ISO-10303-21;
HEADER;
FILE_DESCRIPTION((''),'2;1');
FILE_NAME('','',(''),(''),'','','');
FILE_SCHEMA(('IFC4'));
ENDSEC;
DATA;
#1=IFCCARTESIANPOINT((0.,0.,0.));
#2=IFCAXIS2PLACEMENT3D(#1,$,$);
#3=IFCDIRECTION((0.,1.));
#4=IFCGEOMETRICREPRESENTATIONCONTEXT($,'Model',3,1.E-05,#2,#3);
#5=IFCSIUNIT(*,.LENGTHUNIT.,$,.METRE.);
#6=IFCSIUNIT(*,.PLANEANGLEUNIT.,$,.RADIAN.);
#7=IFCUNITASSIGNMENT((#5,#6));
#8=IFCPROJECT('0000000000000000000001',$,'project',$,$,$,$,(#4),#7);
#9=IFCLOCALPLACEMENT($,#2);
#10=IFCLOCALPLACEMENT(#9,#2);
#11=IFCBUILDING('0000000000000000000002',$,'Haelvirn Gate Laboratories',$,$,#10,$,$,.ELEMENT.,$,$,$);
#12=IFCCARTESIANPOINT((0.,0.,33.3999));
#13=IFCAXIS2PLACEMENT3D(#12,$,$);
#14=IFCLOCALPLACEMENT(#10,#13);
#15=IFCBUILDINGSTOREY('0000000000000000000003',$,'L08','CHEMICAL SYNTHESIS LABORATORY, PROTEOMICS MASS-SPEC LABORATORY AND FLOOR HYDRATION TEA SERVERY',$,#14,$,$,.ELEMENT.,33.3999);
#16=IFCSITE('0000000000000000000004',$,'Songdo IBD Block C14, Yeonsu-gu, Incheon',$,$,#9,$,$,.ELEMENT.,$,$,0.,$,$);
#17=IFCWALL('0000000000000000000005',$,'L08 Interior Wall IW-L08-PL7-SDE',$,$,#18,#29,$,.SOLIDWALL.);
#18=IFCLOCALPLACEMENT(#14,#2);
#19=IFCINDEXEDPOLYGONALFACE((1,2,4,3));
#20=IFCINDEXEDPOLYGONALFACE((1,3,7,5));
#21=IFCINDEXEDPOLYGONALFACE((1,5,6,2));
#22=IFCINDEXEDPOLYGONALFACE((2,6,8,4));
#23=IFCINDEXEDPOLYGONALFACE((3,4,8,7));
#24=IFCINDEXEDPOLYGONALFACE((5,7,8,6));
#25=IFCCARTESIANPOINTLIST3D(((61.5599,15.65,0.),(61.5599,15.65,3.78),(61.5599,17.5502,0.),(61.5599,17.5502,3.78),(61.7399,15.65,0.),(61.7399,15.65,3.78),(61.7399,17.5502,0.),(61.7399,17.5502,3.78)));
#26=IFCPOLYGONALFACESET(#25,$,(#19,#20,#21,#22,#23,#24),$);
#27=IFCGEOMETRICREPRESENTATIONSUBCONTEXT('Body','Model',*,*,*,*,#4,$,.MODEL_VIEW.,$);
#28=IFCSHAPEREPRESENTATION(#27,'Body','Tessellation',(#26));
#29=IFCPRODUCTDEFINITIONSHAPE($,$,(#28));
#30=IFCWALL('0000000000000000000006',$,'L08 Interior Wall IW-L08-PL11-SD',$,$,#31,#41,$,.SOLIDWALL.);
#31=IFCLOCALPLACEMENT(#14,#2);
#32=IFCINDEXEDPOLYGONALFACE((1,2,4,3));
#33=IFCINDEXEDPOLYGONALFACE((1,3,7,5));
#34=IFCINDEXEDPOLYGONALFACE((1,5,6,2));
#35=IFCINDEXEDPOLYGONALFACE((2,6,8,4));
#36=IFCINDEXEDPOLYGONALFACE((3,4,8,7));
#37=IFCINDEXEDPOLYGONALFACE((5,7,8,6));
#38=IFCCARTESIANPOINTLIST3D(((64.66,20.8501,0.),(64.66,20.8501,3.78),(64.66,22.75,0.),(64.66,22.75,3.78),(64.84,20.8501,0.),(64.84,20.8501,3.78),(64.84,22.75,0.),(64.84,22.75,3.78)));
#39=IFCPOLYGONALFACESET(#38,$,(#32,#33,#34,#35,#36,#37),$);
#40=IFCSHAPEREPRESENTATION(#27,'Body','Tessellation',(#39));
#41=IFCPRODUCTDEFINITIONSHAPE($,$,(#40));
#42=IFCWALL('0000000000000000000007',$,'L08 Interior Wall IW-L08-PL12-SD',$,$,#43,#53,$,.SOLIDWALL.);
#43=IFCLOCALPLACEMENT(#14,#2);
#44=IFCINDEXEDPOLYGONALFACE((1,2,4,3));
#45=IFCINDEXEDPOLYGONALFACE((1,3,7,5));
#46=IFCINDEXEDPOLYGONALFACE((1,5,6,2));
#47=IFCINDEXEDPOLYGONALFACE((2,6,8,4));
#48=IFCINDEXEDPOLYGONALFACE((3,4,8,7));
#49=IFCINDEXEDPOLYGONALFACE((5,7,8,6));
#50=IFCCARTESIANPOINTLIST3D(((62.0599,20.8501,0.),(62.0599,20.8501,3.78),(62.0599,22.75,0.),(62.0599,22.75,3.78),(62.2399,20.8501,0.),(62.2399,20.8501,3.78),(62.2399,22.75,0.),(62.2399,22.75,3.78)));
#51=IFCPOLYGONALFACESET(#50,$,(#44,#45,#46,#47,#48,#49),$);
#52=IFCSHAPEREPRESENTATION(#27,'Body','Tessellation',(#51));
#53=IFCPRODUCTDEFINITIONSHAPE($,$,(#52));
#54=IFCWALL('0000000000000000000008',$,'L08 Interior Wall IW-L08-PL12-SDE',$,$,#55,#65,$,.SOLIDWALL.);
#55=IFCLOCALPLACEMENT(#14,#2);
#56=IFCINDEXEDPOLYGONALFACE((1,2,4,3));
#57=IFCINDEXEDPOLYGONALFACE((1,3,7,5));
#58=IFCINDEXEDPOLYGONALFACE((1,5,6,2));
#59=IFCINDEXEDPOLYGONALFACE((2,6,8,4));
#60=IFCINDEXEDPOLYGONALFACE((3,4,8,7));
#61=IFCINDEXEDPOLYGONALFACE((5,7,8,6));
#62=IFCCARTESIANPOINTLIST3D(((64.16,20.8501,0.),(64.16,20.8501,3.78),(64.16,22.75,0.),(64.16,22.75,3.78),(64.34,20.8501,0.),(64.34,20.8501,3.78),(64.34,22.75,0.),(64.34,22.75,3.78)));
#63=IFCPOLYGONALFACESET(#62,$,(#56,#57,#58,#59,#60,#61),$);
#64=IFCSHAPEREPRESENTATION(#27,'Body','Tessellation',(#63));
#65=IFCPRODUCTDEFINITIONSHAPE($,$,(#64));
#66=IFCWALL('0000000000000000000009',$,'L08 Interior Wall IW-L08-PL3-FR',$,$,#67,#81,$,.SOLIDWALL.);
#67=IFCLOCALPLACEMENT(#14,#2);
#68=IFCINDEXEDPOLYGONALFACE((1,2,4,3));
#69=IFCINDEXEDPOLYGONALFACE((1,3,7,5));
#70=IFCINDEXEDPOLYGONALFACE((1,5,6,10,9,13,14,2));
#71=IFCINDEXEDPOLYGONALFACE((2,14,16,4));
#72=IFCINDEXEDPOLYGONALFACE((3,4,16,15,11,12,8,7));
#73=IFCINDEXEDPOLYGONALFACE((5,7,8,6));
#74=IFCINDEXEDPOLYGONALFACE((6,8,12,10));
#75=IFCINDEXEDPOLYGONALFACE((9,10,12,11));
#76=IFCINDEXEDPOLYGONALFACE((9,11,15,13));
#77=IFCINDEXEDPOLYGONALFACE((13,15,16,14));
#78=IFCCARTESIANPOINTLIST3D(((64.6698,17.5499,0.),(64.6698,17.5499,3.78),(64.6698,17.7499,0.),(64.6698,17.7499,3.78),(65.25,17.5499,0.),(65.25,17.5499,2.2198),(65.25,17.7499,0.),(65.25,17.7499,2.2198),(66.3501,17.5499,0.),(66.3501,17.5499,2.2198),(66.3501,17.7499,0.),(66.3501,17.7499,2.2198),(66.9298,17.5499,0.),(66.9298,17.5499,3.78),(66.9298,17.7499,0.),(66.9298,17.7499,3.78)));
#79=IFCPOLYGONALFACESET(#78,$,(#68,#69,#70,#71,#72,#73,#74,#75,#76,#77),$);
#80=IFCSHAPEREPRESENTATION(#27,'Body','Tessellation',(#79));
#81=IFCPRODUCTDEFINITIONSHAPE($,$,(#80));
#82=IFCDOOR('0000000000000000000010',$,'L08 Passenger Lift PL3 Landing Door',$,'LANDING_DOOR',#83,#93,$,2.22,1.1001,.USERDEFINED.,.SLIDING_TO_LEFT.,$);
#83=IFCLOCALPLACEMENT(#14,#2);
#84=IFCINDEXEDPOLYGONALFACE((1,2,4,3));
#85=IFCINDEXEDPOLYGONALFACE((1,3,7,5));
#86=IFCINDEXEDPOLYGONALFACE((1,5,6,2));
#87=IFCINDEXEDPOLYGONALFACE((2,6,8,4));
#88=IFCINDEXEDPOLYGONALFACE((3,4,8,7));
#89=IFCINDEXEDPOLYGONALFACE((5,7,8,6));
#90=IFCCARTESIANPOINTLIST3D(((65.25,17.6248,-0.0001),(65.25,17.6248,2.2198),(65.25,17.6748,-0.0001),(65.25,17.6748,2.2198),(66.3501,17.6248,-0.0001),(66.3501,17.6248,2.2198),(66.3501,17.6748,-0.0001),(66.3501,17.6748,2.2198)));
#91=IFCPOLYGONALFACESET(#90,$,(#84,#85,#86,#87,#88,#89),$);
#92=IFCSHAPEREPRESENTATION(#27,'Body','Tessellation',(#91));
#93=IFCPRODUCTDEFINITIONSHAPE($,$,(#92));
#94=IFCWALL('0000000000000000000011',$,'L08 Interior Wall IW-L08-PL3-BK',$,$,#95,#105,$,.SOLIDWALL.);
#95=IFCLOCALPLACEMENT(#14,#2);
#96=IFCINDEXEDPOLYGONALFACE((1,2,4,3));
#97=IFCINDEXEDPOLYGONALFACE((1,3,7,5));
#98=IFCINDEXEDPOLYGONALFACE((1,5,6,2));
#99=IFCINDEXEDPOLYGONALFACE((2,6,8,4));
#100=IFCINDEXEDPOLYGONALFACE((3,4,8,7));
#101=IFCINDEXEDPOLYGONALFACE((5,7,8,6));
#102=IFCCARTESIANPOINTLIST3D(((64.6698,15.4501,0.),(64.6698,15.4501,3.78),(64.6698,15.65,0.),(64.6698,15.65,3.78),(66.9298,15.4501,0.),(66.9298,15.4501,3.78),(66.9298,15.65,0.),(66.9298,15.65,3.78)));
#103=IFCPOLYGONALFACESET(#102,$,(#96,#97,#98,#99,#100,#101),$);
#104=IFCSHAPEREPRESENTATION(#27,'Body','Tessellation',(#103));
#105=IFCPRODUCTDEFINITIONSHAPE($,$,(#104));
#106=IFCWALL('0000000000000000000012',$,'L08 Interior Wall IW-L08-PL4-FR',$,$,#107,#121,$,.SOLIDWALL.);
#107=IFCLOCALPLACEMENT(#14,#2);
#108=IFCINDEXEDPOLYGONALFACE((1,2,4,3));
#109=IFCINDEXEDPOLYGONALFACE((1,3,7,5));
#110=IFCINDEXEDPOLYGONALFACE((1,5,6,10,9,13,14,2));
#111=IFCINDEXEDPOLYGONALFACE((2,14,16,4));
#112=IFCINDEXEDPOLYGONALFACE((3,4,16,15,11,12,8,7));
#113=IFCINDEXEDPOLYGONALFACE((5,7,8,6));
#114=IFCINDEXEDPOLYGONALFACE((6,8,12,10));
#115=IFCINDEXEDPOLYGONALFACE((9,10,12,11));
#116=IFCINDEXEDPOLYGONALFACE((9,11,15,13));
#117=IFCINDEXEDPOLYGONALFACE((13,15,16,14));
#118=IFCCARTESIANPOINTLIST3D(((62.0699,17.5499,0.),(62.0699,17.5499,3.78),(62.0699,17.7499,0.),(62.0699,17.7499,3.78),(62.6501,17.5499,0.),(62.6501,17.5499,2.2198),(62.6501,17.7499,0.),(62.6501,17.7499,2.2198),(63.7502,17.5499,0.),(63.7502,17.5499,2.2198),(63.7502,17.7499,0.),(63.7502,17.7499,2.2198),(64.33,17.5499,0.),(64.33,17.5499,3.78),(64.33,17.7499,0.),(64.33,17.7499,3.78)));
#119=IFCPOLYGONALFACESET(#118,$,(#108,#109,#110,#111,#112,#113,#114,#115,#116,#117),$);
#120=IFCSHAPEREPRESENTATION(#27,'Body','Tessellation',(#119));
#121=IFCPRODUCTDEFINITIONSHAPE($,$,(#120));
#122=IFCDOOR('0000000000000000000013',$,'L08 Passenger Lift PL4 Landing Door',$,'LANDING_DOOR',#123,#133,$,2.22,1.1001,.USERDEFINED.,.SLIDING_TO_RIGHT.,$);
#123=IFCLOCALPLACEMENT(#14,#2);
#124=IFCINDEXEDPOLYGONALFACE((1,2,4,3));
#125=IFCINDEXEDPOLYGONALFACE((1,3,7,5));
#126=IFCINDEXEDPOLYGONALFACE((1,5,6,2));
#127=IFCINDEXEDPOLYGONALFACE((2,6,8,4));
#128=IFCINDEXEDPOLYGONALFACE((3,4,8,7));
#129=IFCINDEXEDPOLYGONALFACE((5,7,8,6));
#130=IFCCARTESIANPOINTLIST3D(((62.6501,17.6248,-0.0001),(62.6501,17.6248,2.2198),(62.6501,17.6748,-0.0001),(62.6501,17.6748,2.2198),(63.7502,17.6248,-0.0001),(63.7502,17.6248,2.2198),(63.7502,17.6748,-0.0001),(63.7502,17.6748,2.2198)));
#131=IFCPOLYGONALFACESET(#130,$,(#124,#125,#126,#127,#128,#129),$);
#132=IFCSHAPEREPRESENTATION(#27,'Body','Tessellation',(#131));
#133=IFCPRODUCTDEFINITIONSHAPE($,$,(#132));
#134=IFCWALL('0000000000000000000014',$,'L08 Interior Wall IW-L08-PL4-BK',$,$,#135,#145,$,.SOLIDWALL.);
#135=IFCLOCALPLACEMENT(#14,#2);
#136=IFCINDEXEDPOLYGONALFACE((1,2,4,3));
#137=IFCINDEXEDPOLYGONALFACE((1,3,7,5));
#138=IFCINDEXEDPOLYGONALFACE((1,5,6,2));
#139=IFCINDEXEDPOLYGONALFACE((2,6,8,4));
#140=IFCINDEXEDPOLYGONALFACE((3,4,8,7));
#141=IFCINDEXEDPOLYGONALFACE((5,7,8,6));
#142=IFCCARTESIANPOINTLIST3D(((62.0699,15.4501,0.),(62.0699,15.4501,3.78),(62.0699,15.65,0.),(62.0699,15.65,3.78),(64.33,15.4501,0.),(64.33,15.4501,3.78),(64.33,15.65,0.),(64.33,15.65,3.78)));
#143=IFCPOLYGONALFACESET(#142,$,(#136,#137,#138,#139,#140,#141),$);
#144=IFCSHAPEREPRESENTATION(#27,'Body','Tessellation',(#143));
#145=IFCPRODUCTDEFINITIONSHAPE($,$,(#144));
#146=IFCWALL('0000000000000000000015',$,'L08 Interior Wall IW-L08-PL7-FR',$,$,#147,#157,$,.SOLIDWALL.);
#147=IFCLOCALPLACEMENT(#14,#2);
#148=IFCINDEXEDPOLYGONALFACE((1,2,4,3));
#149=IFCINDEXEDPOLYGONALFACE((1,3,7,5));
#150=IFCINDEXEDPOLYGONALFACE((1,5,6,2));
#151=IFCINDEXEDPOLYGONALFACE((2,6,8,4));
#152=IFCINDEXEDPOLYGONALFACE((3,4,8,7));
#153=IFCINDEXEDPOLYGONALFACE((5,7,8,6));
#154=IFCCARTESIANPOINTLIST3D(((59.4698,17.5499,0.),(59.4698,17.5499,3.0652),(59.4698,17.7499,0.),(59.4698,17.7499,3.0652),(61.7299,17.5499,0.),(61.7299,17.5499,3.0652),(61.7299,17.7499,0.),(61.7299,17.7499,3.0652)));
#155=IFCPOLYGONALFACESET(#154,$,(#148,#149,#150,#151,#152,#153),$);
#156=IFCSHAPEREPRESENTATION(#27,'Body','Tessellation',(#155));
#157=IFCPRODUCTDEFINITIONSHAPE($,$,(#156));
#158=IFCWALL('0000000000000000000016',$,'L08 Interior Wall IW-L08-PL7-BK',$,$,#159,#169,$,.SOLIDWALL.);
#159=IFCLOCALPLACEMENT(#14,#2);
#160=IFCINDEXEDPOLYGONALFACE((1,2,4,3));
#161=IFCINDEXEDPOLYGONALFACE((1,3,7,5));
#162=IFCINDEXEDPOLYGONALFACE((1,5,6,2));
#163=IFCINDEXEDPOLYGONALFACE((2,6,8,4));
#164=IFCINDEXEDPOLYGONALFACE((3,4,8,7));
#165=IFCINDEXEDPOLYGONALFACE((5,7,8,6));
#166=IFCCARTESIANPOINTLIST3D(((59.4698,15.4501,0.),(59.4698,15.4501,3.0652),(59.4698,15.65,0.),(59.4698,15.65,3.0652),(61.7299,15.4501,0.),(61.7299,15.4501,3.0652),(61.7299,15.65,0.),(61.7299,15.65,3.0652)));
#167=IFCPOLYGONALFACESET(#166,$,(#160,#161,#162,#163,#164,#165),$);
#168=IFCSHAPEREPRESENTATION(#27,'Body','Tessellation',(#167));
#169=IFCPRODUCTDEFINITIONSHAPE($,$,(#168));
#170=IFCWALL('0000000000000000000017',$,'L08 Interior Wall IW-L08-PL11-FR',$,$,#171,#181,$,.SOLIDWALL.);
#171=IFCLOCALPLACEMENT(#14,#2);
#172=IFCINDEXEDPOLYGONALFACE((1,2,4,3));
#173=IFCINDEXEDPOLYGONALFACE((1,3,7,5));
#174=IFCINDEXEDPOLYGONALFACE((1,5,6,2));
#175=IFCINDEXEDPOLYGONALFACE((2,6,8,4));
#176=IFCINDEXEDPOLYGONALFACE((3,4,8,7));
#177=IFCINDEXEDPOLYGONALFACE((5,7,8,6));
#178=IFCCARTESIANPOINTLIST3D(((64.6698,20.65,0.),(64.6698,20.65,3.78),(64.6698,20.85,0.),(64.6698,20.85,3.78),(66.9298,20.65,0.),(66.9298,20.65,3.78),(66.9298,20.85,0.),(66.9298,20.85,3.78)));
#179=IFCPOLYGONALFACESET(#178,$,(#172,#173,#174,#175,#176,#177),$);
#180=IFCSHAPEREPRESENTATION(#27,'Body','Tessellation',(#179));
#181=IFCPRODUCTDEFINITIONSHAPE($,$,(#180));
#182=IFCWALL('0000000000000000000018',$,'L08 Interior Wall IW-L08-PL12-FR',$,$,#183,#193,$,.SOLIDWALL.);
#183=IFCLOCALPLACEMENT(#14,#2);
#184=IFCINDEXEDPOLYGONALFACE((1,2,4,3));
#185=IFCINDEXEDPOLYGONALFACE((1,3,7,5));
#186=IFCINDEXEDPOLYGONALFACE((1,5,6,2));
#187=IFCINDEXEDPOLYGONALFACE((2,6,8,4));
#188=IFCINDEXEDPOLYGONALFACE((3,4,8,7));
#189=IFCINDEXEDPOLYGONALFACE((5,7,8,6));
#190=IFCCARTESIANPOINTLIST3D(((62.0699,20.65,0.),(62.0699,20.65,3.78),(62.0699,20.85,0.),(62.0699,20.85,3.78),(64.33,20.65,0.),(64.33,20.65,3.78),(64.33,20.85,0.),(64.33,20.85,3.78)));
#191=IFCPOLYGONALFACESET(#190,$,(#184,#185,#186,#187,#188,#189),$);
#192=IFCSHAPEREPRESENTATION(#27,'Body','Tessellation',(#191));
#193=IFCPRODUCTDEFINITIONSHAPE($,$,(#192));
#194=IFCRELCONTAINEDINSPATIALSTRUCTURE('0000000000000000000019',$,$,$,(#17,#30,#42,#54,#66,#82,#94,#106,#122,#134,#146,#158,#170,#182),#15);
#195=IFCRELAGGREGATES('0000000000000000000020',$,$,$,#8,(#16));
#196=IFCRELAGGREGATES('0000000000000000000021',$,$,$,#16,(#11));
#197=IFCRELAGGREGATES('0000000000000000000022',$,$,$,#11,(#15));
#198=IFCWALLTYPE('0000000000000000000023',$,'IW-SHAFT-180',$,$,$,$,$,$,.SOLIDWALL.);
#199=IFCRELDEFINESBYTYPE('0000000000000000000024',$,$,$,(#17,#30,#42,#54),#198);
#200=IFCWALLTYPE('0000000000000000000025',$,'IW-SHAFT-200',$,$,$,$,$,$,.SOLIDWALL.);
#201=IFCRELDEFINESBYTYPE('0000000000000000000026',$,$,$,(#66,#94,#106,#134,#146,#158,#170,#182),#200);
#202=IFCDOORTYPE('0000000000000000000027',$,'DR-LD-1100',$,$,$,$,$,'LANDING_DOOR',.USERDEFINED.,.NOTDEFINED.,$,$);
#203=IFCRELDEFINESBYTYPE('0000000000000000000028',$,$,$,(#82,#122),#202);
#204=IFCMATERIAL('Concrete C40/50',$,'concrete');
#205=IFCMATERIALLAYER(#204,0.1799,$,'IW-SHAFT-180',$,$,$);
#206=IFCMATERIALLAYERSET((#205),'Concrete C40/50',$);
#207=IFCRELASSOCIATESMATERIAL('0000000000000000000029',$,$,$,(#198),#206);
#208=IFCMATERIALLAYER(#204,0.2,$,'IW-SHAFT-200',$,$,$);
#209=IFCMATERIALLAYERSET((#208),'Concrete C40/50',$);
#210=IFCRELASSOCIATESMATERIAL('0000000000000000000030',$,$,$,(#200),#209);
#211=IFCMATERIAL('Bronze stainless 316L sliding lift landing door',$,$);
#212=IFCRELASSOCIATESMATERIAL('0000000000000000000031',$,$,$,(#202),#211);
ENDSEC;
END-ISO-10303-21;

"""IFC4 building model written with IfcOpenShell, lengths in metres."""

from ifc_helpers import new_model, si_unit, direction, frame, frame_2d, origin, place, context, subcontext, project, spatial, rectangle, extrude, source, transform, mapped, material, layer, layer_set, type_object, type_shapes, element, fill, save


model = new_model("IFC4")

# Units and contexts
model_context = context("Model", 3, precision=1e-05, world=origin(), true_north=direction((0.0, 1.0)))
body_context = subcontext(model_context, "Body", "Model", "MODEL_VIEW")
ifc_project = project(units=[si_unit("LENGTHUNIT", "METRE"), si_unit("PLANEANGLEUNIT", "RADIAN")], contexts=[model_context])

# Site, building, storey
site_placement = place(None, origin())
site = spatial("IfcSite", under=ifc_project, at=site_placement, Name="Songdo IBD Block C14, Yeonsu-gu, Incheon", CompositionType="ELEMENT", RefElevation=0.0)
building_placement = place(site_placement, origin())
building = spatial("IfcBuilding", under=site, at=building_placement, Name="Haelvirn Gate Laboratories", CompositionType="ELEMENT")
storey_placement = place(building_placement, frame((0.0, 0.0, 33.3999)))
storey = spatial("IfcBuildingStorey", under=building, at=storey_placement, Name="L08", Description="CHEMICAL SYNTHESIS LABORATORY, PROTEOMICS MASS-SPEC LABORATORY AND FLOOR HYDRATION TEA SERVERY", CompositionType="ELEMENT", Elevation=33.3999)

# Walls
ifc_material_1 = material(Name="Concrete C40/50", Category="concrete")
ifc_layer_1 = layer(ifc_material_1, 0.1799, Name="IW-SHAFT-180")
ifc_layer_set_1 = layer_set([ifc_layer_1], Name="Concrete C40/50")
wall_type_1 = type_object("IfcWallType", Name="IW-SHAFT-180", PredefinedType="SOLIDWALL", material=ifc_layer_set_1)
for number, where, z_axis, x_axis, name in (
    (1, (61.6499, 15.6499, 0.0), (0.0, 0.0, 1.0), (0.0, 1.0, 0.0), "L08 Interior Wall IW-L08-PL7-SDE"),
):
    element("IfcWall", number, at=place(storey_placement, frame(where, z_axis=z_axis, x_axis=x_axis)), inside=storey, type_object=wall_type_1, Name=name, PredefinedType="SOLIDWALL", context=body_context, shape_type="SweptSolid", body=[
        extrude(rectangle(XDim=1.9001, YDim=0.1799, at=frame_2d((0.9502, 0.0))), origin(), (0.0, 0.0, 1.0), 3.78),
    ])
for number, where, z_axis, x_axis, name in (
    (2, (64.75, 20.8501, 0.0), (0.0, 0.0, 1.0), (0.0, 1.0, 0.0), "L08 Interior Wall IW-L08-PL11-SD"),
    (3, (62.1499, 20.8501, 0.0), (0.0, 0.0, 1.0), (0.0, 1.0, 0.0), "L08 Interior Wall IW-L08-PL12-SD"),
    (4, (64.25, 20.8501, 0.0), (0.0, 0.0, 1.0), (0.0, 1.0, 0.0), "L08 Interior Wall IW-L08-PL12-SDE"),
):
    element("IfcWall", number, at=place(storey_placement, frame(where, z_axis=z_axis, x_axis=x_axis)), inside=storey, type_object=wall_type_1, Name=name, PredefinedType="SOLIDWALL", context=body_context, shape_type="SweptSolid", body=[
        extrude(rectangle(XDim=1.8999, YDim=0.1799, at=frame_2d((0.95, 0.0))), origin(), (0.0, 0.0, 1.0), 3.78),
    ])

# Wall, opening, door
ifc_layer_2 = layer(ifc_material_1, 0.2, Name="IW-SHAFT-200")
ifc_layer_set_2 = layer_set([ifc_layer_2], Name="Concrete C40/50")
wall_type_2 = type_object("IfcWallType", Name="IW-SHAFT-200", PredefinedType="SOLIDWALL", material=ifc_layer_set_2)
wall_1_placement = place(storey_placement, frame((64.6699, 17.6499, 0.0), z_axis=(0.0, 0.0, 1.0), x_axis=(1.0, 0.0, 0.0)))
wall_1 = element("IfcWall", 5, at=wall_1_placement, inside=storey, type_object=wall_type_2, Name="L08 Interior Wall IW-L08-PL3-FR", PredefinedType="SOLIDWALL", context=body_context, shape_type="SweptSolid", body=[
    extrude(rectangle(XDim=2.26, YDim=0.2, at=frame_2d((1.1299, 0.0))), origin(), (0.0, 0.0, 1.0), 3.78),
])
opening_1_placement = place(wall_1_placement, frame((0.5801, 0.0, 0.0)))
opening_1 = element("IfcOpeningElement", 6, at=opening_1_placement, cuts=wall_1, PredefinedType="OPENING", context=body_context, shape_type="SweptSolid", body=[
    extrude(rectangle(XDim=1.1001, YDim=2.22, at=frame_2d((0.55, 1.1099))), frame((0.0, 0.1099, 0.0), z_axis=(0.0, -1.0, 0.0), x_axis=(1.0, 0.0, 0.0)), (0.0, 0.0, 1.0), 0.22),
])
ifc_material_2 = material(Name="Bronze stainless 316L sliding lift landing door")
door_type_1 = type_object("IfcDoorType", Name="DR-LD-1100", ElementType="LANDING_DOOR", OperationType="NOTDEFINED", PredefinedType="USERDEFINED", material=ifc_material_2)
shared_shape_1 = source(origin(), body_context, "Body", "SweptSolid", [
    extrude(rectangle(XDim=1.1001, YDim=2.22, at=frame_2d((0.55, 1.1099))), frame((0.0, 0.0249, 0.0), z_axis=(0.0, -1.0, 0.0), x_axis=(1.0, 0.0, 0.0)), (0.0, 0.0, 1.0), 0.05),
])
type_shapes(door_type_1, [shared_shape_1])
door_1_placement = place(opening_1_placement, origin())
door_1 = element("IfcDoor", 7, at=door_1_placement, inside=storey, type_object=door_type_1, Name="L08 Passenger Lift PL3 Landing Door", ObjectType="LANDING_DOOR", OperationType="SLIDING_TO_LEFT", OverallHeight=2.22, OverallWidth=1.1001, PredefinedType="USERDEFINED", context=body_context, shape_type="MappedRepresentation", body=[
    mapped(shared_shape_1, transform((0.0, 0.0, 0.0), scale=1.0)),
])
fill(opening_1, door_1)

# Wall
wall_2_placement = place(storey_placement, frame((64.6699, 15.55, 0.0), z_axis=(0.0, 0.0, 1.0), x_axis=(1.0, 0.0, 0.0)))
element("IfcWall", 8, at=wall_2_placement, inside=storey, type_object=wall_type_2, Name="L08 Interior Wall IW-L08-PL3-BK", PredefinedType="SOLIDWALL", context=body_context, shape_type="SweptSolid", body=[
    extrude(rectangle(XDim=2.26, YDim=0.2, at=frame_2d((1.1299, 0.0))), origin(), (0.0, 0.0, 1.0), 3.78),
])

# Wall, opening, door
wall_3_placement = place(storey_placement, frame((62.0701, 17.6499, 0.0), z_axis=(0.0, 0.0, 1.0), x_axis=(1.0, 0.0, 0.0)))
wall_3 = element("IfcWall", 9, at=wall_3_placement, inside=storey, type_object=wall_type_2, Name="L08 Interior Wall IW-L08-PL4-FR", PredefinedType="SOLIDWALL", context=body_context, shape_type="SweptSolid", body=[
    extrude(rectangle(XDim=2.26, YDim=0.2, at=frame_2d((1.1299, 0.0))), origin(), (0.0, 0.0, 1.0), 3.78),
])
opening_2_placement = place(wall_3_placement, frame((0.5801, 0.0, 0.0)))
opening_2 = element("IfcOpeningElement", 10, at=opening_2_placement, cuts=wall_3, PredefinedType="OPENING", context=body_context, shape_type="SweptSolid", body=[
    extrude(rectangle(XDim=1.1001, YDim=2.22, at=frame_2d((0.55, 1.1099))), frame((0.0, 0.1099, 0.0), z_axis=(0.0, -1.0, 0.0), x_axis=(1.0, 0.0, 0.0)), (0.0, 0.0, 1.0), 0.22),
])
door_2_placement = place(opening_2_placement, origin())
door_2 = element("IfcDoor", 11, at=door_2_placement, inside=storey, type_object=door_type_1, Name="L08 Passenger Lift PL4 Landing Door", ObjectType="LANDING_DOOR", OperationType="SLIDING_TO_RIGHT", OverallHeight=2.22, OverallWidth=1.1001, PredefinedType="USERDEFINED", context=body_context, shape_type="MappedRepresentation", body=[
    mapped(shared_shape_1, transform((0.0, 0.0, 0.0), scale=1.0)),
])
fill(opening_2, door_2)

# Walls
wall_4_placement = place(storey_placement, frame((62.0701, 15.55, 0.0), z_axis=(0.0, 0.0, 1.0), x_axis=(1.0, 0.0, 0.0)))
element("IfcWall", 12, at=wall_4_placement, inside=storey, type_object=wall_type_2, Name="L08 Interior Wall IW-L08-PL4-BK", PredefinedType="SOLIDWALL", context=body_context, shape_type="SweptSolid", body=[
    extrude(rectangle(XDim=2.26, YDim=0.2, at=frame_2d((1.1299, 0.0))), origin(), (0.0, 0.0, 1.0), 3.78),
])
for number, where, z_axis, x_axis, name in (
    (13, (59.47, 17.6499, 0.0), (0.0, 0.0, 1.0), (1.0, 0.0, 0.0), "L08 Interior Wall IW-L08-PL7-FR"),
    (14, (59.47, 15.55, 0.0), (0.0, 0.0, 1.0), (1.0, 0.0, 0.0), "L08 Interior Wall IW-L08-PL7-BK"),
):
    element("IfcWall", number, at=place(storey_placement, frame(where, z_axis=z_axis, x_axis=x_axis)), inside=storey, type_object=wall_type_2, Name=name, PredefinedType="SOLIDWALL", context=body_context, shape_type="SweptSolid", body=[
        extrude(rectangle(XDim=2.26, YDim=0.2, at=frame_2d((1.1299, 0.0))), origin(), (0.0, 0.0, 1.0), 3.0652),
    ])
for number, where, z_axis, x_axis, name in (
    (15, (64.6699, 20.75, 0.0), (0.0, 0.0, 1.0), (1.0, 0.0, 0.0), "L08 Interior Wall IW-L08-PL11-FR"),
    (16, (62.0701, 20.75, 0.0), (0.0, 0.0, 1.0), (1.0, 0.0, 0.0), "L08 Interior Wall IW-L08-PL12-FR"),
):
    element("IfcWall", number, at=place(storey_placement, frame(where, z_axis=z_axis, x_axis=x_axis)), inside=storey, type_object=wall_type_2, Name=name, PredefinedType="SOLIDWALL", context=body_context, shape_type="SweptSolid", body=[
        extrude(rectangle(XDim=2.26, YDim=0.2, at=frame_2d((1.1299, 0.0))), origin(), (0.0, 0.0, 1.0), 3.78),
    ])

save(model, "model.ifc")
